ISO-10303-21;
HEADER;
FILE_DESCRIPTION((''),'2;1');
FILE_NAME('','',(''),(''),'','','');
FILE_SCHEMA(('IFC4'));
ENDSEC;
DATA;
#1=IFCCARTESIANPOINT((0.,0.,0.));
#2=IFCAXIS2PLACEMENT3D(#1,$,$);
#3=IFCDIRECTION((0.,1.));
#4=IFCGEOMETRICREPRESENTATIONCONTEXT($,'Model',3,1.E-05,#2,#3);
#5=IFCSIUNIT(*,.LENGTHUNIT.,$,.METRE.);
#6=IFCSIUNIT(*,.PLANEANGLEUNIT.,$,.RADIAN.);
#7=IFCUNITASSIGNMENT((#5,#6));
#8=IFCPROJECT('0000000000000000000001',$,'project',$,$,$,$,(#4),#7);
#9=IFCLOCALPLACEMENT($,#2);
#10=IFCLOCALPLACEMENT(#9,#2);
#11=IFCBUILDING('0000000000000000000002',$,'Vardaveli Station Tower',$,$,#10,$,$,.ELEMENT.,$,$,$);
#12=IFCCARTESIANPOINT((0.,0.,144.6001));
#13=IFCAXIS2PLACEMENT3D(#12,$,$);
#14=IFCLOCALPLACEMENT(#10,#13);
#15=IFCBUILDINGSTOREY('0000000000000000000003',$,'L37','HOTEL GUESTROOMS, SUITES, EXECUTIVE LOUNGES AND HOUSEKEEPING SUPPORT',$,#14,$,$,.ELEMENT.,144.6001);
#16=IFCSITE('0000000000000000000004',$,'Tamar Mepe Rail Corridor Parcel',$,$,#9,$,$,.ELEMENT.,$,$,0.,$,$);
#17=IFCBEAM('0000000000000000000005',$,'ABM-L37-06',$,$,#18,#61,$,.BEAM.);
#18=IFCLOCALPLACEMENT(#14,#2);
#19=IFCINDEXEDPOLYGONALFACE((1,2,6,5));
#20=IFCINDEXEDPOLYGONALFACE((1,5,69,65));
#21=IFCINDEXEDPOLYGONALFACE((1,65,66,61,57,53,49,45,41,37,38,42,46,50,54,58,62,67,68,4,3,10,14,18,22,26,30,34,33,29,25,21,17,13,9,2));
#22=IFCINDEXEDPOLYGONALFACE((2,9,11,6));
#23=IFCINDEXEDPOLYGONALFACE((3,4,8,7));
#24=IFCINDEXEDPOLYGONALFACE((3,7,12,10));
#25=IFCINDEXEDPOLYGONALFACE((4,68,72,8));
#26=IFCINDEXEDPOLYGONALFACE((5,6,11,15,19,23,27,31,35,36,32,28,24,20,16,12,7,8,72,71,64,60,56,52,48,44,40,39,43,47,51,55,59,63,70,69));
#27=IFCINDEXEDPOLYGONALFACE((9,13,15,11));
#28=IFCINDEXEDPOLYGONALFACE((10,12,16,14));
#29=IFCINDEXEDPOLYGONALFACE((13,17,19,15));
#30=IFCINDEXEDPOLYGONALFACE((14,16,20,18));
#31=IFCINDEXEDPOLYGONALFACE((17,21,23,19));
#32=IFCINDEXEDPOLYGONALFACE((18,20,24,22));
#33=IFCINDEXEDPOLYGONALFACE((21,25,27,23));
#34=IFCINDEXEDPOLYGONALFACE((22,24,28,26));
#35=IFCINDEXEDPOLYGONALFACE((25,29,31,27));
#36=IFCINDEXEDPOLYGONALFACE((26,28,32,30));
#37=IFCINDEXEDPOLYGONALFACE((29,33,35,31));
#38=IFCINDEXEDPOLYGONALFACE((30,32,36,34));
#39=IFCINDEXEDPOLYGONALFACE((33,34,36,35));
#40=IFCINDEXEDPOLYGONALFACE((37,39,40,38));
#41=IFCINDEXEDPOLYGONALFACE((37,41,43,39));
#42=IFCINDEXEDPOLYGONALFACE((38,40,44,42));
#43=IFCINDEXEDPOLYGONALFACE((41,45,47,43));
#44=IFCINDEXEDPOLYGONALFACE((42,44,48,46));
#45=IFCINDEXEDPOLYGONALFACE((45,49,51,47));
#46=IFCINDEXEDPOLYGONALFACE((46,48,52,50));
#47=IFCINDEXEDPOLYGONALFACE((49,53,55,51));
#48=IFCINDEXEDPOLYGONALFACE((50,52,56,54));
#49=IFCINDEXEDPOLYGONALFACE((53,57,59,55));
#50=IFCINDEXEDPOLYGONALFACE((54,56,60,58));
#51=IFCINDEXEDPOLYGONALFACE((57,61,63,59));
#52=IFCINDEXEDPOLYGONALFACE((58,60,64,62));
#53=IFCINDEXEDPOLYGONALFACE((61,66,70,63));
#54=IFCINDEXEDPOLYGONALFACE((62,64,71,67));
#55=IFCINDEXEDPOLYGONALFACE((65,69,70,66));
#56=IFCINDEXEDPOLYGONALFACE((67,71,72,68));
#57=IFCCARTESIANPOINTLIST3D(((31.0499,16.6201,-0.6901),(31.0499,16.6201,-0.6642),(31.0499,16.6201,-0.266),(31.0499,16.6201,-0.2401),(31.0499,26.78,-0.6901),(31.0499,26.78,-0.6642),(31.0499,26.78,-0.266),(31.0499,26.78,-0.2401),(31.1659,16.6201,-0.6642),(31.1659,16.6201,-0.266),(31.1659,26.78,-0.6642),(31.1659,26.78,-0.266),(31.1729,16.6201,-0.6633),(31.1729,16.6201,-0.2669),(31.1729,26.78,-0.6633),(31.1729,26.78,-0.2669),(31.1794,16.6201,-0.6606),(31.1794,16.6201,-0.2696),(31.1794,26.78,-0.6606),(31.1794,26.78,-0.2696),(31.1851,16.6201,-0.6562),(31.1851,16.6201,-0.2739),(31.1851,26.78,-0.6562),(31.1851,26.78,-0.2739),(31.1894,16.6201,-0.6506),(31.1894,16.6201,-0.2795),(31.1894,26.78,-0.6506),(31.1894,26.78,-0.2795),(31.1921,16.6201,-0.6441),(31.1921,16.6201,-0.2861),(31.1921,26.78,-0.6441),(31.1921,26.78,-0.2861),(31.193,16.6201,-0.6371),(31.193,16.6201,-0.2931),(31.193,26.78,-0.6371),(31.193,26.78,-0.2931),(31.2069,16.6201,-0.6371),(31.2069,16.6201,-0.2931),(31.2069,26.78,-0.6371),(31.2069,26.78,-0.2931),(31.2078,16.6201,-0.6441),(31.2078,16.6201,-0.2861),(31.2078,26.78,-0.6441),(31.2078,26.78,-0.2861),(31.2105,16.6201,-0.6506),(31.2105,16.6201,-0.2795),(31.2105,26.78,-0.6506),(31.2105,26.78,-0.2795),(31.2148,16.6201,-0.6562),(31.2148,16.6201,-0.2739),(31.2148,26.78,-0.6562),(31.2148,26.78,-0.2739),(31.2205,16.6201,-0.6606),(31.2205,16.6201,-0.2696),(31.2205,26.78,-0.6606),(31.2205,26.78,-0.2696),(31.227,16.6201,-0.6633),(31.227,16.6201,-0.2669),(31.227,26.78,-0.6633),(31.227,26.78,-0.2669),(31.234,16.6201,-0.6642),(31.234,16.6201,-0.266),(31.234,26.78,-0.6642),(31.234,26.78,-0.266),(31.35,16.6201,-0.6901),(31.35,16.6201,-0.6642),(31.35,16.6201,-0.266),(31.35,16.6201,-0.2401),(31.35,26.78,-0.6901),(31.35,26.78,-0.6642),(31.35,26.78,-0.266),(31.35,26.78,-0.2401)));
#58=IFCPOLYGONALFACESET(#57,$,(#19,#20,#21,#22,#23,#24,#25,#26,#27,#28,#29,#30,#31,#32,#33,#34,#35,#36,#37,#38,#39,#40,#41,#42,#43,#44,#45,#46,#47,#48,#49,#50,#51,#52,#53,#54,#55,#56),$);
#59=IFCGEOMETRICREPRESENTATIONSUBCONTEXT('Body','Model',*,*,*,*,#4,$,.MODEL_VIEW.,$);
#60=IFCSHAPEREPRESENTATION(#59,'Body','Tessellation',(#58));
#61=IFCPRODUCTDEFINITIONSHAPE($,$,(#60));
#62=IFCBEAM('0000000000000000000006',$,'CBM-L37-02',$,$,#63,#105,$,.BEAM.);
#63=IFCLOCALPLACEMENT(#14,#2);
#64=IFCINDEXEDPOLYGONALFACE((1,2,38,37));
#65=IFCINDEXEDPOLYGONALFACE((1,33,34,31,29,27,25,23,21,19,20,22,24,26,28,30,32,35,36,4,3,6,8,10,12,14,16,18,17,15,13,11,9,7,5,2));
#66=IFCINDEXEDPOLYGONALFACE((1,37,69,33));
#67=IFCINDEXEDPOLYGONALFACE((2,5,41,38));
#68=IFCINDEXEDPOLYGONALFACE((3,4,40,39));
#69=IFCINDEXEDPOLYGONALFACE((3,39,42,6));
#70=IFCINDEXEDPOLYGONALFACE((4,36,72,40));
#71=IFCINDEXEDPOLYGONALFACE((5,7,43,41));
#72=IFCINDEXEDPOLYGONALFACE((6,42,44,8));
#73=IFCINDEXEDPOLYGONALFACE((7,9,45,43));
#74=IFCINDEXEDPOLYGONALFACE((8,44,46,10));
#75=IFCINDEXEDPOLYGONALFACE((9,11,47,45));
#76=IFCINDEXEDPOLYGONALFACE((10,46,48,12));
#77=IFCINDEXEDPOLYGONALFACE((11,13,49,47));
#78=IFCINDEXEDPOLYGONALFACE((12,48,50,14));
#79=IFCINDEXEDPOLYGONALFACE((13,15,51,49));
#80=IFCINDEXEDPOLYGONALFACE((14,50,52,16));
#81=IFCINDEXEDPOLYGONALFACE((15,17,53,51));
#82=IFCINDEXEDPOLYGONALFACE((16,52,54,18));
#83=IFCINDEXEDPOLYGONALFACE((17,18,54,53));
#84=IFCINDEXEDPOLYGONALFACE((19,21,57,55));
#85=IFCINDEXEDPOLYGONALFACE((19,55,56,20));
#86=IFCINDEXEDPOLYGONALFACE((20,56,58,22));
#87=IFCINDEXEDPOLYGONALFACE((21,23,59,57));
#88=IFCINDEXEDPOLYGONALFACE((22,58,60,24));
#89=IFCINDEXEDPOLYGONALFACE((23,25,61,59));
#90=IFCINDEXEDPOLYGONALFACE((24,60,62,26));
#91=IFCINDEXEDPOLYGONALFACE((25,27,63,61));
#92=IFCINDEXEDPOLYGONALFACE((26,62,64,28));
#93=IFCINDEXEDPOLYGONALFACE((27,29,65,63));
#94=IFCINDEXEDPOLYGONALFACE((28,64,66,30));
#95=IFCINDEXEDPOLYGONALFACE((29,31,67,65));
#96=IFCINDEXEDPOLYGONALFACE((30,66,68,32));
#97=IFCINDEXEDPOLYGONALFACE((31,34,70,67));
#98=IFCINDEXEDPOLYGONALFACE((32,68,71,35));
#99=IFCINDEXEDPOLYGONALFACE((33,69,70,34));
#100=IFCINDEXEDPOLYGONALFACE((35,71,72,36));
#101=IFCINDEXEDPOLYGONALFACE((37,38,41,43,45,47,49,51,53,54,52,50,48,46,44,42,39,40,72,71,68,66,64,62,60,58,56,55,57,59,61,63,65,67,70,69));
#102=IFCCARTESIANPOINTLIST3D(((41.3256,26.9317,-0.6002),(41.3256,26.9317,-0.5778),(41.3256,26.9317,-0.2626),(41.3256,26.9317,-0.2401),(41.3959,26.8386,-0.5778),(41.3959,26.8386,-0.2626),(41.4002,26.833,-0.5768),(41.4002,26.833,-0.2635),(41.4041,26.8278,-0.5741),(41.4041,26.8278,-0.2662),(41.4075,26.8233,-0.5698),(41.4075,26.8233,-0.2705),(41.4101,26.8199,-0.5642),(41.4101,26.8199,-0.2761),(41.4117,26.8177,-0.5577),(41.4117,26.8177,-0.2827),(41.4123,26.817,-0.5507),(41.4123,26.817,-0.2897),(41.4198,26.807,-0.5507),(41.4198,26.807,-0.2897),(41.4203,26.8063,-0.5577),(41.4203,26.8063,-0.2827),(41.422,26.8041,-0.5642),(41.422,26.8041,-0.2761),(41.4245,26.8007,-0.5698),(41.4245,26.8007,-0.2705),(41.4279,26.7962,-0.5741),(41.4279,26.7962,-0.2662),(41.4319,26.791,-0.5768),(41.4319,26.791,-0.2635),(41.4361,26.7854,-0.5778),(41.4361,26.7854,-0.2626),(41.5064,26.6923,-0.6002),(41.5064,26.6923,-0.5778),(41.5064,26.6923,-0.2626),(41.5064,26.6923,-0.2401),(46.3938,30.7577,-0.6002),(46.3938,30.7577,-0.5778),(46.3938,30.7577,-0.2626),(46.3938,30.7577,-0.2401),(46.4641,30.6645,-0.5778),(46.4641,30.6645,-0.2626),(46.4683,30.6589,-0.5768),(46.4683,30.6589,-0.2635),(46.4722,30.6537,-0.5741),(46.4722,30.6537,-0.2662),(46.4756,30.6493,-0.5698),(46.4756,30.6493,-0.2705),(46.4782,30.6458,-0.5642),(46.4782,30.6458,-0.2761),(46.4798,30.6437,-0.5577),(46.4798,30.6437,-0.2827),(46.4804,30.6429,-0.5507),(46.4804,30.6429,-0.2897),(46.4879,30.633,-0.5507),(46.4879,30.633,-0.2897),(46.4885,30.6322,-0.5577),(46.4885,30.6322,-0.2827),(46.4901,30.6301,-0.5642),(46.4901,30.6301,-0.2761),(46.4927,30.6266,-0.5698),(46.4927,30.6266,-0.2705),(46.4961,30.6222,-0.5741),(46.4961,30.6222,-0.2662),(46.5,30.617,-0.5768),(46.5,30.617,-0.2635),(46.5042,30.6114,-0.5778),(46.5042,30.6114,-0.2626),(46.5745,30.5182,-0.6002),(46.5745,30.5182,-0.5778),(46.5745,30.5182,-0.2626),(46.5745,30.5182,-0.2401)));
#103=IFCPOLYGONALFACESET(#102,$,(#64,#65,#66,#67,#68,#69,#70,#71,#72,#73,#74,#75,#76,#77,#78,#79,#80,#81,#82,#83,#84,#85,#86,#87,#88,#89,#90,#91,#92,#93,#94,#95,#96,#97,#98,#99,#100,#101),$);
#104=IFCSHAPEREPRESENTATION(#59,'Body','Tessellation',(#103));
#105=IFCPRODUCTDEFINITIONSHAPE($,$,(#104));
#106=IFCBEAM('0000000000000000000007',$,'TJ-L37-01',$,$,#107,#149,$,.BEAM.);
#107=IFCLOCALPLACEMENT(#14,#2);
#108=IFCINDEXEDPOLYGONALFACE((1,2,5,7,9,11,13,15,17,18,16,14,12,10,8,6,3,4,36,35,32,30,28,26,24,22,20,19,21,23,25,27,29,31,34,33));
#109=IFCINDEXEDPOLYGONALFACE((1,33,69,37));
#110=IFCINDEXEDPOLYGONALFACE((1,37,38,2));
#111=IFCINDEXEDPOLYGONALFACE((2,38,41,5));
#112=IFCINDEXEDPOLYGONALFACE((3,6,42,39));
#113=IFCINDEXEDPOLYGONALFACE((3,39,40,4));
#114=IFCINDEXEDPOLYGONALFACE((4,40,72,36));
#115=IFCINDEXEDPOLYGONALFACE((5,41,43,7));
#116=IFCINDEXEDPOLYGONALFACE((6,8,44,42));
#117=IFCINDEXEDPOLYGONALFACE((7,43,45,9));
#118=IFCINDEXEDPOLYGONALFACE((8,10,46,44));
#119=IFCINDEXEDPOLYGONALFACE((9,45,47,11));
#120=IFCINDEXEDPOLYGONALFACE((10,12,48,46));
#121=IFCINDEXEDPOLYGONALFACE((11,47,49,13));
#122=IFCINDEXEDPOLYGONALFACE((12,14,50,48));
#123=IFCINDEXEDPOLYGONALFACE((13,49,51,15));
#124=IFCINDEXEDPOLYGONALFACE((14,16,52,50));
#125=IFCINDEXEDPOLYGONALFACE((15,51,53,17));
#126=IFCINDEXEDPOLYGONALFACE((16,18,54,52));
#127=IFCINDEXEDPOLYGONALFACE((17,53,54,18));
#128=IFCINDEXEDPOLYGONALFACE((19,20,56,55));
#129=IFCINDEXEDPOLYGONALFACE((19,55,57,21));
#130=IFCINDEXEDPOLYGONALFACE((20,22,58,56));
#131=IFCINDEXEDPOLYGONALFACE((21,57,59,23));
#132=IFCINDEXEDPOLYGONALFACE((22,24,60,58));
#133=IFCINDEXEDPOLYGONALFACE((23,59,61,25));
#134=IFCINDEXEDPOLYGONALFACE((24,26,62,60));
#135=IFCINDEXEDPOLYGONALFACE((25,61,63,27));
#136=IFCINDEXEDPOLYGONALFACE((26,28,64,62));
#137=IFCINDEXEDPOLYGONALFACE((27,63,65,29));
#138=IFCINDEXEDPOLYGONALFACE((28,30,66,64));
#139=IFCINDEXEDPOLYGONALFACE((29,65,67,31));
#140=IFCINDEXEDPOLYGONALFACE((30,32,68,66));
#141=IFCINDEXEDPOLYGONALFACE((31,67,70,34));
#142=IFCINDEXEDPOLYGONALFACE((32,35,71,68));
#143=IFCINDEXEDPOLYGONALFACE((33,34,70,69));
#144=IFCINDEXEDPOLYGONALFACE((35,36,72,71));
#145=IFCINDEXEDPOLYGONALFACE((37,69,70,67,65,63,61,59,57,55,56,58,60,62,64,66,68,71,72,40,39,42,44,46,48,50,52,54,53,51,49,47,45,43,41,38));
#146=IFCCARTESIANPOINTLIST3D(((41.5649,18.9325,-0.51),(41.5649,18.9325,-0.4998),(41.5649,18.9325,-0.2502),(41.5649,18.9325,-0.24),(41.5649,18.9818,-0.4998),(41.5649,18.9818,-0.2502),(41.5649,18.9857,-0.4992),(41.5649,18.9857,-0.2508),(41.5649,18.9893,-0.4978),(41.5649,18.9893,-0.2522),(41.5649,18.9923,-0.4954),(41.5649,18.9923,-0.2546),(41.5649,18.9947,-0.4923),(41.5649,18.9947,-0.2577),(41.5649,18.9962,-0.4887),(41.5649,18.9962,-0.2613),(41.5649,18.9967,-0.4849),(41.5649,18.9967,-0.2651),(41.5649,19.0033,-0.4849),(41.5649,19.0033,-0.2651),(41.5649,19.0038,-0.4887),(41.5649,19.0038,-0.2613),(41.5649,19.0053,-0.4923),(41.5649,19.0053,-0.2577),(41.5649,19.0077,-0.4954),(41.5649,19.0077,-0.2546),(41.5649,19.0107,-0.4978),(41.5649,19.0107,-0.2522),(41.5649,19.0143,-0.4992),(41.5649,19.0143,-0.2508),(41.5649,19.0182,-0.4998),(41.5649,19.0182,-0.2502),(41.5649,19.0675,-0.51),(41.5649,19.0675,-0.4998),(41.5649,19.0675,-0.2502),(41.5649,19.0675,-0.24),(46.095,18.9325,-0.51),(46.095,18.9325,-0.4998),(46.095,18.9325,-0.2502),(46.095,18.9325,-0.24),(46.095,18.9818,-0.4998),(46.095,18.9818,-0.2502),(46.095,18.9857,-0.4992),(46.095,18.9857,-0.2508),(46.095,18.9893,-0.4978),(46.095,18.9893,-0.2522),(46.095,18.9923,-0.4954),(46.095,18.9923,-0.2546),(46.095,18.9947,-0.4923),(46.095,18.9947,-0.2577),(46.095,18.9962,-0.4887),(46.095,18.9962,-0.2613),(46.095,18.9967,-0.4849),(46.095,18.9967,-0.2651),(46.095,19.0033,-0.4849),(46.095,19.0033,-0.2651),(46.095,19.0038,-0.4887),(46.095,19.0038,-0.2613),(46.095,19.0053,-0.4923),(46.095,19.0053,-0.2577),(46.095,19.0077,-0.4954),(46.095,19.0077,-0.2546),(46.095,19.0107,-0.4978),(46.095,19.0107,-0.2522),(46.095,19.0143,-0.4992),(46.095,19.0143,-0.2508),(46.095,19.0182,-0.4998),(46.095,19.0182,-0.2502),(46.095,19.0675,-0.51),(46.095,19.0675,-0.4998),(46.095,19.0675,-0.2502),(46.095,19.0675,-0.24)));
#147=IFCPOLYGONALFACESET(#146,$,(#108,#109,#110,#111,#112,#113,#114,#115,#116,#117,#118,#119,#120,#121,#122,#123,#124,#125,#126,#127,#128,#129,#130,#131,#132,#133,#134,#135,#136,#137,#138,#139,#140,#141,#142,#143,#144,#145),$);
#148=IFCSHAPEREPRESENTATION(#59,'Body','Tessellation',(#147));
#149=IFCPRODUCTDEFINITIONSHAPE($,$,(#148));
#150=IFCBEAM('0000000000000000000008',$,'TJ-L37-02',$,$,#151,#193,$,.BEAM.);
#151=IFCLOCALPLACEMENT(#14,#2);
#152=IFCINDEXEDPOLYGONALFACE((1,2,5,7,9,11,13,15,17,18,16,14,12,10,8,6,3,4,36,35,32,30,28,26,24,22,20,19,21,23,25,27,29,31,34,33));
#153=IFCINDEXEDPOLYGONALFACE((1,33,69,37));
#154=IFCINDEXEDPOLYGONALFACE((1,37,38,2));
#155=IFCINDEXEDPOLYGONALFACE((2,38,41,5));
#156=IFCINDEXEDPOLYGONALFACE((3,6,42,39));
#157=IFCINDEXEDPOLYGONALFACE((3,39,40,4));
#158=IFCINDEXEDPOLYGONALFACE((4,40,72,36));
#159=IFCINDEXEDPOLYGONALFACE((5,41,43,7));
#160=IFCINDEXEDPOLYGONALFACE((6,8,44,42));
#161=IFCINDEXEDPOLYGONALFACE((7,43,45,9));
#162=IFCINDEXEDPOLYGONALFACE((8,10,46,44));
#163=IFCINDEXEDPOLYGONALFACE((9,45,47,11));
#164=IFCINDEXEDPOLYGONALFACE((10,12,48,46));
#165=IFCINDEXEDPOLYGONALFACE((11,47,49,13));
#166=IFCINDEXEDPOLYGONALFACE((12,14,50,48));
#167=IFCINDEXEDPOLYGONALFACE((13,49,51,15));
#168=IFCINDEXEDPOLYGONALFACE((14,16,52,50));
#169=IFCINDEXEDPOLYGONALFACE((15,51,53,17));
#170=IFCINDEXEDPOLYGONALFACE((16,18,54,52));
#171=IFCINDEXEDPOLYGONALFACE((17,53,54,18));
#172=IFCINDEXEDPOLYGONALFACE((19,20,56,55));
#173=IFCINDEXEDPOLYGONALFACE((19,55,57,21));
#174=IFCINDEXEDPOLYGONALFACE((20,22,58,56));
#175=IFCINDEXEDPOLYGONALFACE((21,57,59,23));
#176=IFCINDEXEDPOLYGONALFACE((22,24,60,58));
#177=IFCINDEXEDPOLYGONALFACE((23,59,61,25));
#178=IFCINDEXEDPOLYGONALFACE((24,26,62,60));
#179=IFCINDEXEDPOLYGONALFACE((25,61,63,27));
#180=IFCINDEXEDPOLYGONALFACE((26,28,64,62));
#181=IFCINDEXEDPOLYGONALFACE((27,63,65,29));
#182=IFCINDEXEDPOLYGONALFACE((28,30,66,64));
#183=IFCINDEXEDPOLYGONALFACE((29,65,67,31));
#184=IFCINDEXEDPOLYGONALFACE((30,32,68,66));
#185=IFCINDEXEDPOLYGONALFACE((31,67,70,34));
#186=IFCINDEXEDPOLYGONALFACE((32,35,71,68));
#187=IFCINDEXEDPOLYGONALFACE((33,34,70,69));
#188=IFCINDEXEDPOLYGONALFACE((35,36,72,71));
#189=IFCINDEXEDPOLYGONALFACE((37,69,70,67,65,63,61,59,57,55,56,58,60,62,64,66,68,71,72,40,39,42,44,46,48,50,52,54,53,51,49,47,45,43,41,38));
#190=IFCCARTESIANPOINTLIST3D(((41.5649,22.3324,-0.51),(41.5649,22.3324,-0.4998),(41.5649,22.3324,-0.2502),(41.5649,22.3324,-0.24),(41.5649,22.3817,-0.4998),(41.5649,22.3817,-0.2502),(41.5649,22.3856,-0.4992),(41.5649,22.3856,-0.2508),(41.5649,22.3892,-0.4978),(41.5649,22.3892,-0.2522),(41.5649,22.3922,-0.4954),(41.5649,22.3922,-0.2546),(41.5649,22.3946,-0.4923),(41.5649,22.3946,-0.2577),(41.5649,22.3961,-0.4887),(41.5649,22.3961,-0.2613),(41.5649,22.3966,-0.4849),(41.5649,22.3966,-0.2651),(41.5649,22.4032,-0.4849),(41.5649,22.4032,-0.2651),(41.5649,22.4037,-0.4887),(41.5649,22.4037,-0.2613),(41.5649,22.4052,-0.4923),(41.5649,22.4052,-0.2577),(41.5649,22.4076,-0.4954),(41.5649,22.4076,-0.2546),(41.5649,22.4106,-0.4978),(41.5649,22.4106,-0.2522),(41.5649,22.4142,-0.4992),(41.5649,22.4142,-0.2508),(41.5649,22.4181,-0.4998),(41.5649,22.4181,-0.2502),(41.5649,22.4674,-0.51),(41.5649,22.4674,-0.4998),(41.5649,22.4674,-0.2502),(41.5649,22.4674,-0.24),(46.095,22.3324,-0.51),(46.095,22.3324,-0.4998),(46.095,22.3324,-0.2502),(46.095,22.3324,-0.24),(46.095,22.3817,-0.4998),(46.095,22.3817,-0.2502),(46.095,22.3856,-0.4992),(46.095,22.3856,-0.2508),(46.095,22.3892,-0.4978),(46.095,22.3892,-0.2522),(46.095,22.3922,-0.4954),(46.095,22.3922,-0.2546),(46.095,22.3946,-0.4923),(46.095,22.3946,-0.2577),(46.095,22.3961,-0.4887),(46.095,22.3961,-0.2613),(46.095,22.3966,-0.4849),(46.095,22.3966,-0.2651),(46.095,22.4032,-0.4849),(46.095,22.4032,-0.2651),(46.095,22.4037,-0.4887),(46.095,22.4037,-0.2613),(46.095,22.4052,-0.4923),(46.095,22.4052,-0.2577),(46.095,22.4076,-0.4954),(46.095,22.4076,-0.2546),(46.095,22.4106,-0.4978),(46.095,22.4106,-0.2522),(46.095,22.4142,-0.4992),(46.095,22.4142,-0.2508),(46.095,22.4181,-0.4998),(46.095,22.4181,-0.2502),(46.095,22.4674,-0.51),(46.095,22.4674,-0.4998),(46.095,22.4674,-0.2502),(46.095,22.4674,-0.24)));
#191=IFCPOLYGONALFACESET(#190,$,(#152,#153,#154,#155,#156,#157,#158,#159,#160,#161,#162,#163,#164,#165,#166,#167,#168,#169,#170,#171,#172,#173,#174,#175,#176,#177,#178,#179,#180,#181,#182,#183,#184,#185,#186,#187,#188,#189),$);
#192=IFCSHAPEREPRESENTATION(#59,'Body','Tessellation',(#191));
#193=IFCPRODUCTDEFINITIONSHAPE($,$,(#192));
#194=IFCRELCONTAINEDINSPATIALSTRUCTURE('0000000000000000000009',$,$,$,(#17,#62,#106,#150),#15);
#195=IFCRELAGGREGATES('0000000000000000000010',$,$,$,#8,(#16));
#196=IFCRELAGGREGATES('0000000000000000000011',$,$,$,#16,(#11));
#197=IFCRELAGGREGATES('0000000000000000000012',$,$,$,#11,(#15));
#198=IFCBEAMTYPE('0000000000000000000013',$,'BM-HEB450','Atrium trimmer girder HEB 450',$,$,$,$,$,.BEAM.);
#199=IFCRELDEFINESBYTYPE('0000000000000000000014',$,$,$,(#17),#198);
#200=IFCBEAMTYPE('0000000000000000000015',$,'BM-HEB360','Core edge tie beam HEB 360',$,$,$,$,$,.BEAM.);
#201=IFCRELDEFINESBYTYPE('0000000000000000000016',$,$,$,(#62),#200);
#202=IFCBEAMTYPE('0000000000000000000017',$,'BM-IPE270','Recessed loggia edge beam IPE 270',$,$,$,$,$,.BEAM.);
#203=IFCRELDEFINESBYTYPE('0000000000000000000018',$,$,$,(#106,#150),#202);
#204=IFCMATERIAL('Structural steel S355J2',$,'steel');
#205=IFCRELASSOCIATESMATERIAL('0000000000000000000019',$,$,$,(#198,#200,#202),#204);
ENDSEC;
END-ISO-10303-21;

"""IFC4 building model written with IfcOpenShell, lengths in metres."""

from ifc_helpers import new_model, si_unit, direction, frame, origin, origin_2d, place, context, subcontext, project, spatial, i_section, extrude, source, transform, mapped, material, material_profile, profile_set, type_object, element, save


model = new_model("IFC4")

# Units and contexts
model_context = context("Model", 3, precision=1e-05, world=origin(), true_north=direction((0.0, 1.0)))
body_context = subcontext(model_context, "Body", "Model", "MODEL_VIEW")
ifc_project = project(units=[si_unit("LENGTHUNIT", "METRE"), si_unit("PLANEANGLEUNIT", "RADIAN")], contexts=[model_context])

# Site, building, storey
site_placement = place(None, origin())
site = spatial("IfcSite", under=ifc_project, at=site_placement, Name="Tamar Mepe Rail Corridor Parcel", CompositionType="ELEMENT", RefElevation=0.0)
building_placement = place(site_placement, origin())
building = spatial("IfcBuilding", under=site, at=building_placement, Name="Vardaveli Station Tower", CompositionType="ELEMENT")
storey_placement = place(building_placement, frame((0.0, 0.0, 144.6001)))
storey = spatial("IfcBuildingStorey", under=building, at=storey_placement, Name="L37", Description="HOTEL GUESTROOMS, SUITES, EXECUTIVE LOUNGES AND HOUSEKEEPING SUPPORT", CompositionType="ELEMENT", Elevation=144.6001)

# Beams
ifc_material_1 = material(Name="Structural steel S355J2", Category="steel")
ifc_material_profile_1 = material_profile(ifc_material_1, i_section(OverallWidth=0.3, OverallDepth=0.45, WebThickness=0.0139, FlangeThickness=0.0259, FilletRadius=0.0271, at=origin_2d()), Name="HEB 450")
ifc_profile_set_1 = profile_set([ifc_material_profile_1], Name="Structural steel S355J2")
beam_type_1 = type_object("IfcBeamType", Name="BM-HEB450", Description="Atrium trimmer girder HEB 450", PredefinedType="BEAM", material=ifc_profile_set_1)
shared_shape_1 = source(origin(), body_context, "Body", "SweptSolid", [
    extrude(i_section(OverallWidth=0.3, OverallDepth=0.45, WebThickness=0.0139, FlangeThickness=0.0259, FilletRadius=0.0271, at=origin_2d()), origin(), (0.0, 0.0, 1.0), 10.1599),
])
for number, where, z_axis, x_axis, name in (
    (1, (31.2, 26.78, -0.4651), (0.0, -1.0, 0.0), (1.0, 0.0, 0.0), "ABM-L37-06"),
):
    element("IfcBeam", number, at=place(storey_placement, frame(where, z_axis=z_axis, x_axis=x_axis)), inside=storey, type_object=beam_type_1, Name=name, PredefinedType="BEAM", context=body_context, shape_type="MappedRepresentation", body=[
        mapped(shared_shape_1, transform((0.0, 0.0, 0.0), scale=1.0)),
    ])
ifc_material_profile_2 = material_profile(ifc_material_1, i_section(OverallWidth=0.3, OverallDepth=0.3601, WebThickness=0.0125, FlangeThickness=0.0225, FilletRadius=0.0271, at=origin_2d()), Name="HEB 360")
ifc_profile_set_2 = profile_set([ifc_material_profile_2], Name="Structural steel S355J2")
beam_type_2 = type_object("IfcBeamType", Name="BM-HEB360", Description="Core edge tie beam HEB 360", PredefinedType="BEAM", material=ifc_profile_set_2)
shared_shape_2 = source(origin(), body_context, "Body", "SweptSolid", [
    extrude(i_section(OverallWidth=0.3, OverallDepth=0.3601, WebThickness=0.0125, FlangeThickness=0.0225, FilletRadius=0.0271, at=origin_2d()), origin(), (0.0, 0.0, 1.0), 6.3501),
])
beam_1_placement = place(storey_placement, frame((41.416, 26.812, -0.4202), z_axis=(0.798118, 0.602501, 0.0), x_axis=(-0.602501, 0.798118, 0.0)))
element("IfcBeam", 2, at=beam_1_placement, inside=storey, type_object=beam_type_2, Name="CBM-L37-02", PredefinedType="BEAM", context=body_context, shape_type="MappedRepresentation", body=[
    mapped(shared_shape_2, transform((0.0, 0.0, 0.0), scale=1.0)),
])
ifc_material_profile_3 = material_profile(ifc_material_1, i_section(OverallWidth=0.135, OverallDepth=0.27, WebThickness=0.0066, FlangeThickness=0.0103, FilletRadius=0.0149, at=origin_2d()), Name="IPE 270")
ifc_profile_set_3 = profile_set([ifc_material_profile_3], Name="Structural steel S355J2")
beam_type_3 = type_object("IfcBeamType", Name="BM-IPE270", Description="Recessed loggia edge beam IPE 270", PredefinedType="BEAM", material=ifc_profile_set_3)
shared_shape_3 = source(origin(), body_context, "Body", "SweptSolid", [
    extrude(i_section(OverallWidth=0.135, OverallDepth=0.27, WebThickness=0.0066, FlangeThickness=0.0103, FilletRadius=0.0149, at=origin_2d()), origin(), (0.0, 0.0, 1.0), 4.53),
])
for number, where, z_axis, x_axis, name in (
    (3, (41.5649, 19.0, -0.375), (1.0, 0.0, 0.0), (0.0, 1.0, 0.0), "TJ-L37-01"),
    (4, (41.5649, 22.3999, -0.375), (1.0, 0.0, 0.0), (0.0, 1.0, 0.0), "TJ-L37-02"),
):
    element("IfcBeam", number, at=place(storey_placement, frame(where, z_axis=z_axis, x_axis=x_axis)), inside=storey, type_object=beam_type_3, Name=name, PredefinedType="BEAM", context=body_context, shape_type="MappedRepresentation", body=[
        mapped(shared_shape_3, transform((0.0, 0.0, 0.0), scale=1.0)),
    ])

save(model, "model.ifc")
